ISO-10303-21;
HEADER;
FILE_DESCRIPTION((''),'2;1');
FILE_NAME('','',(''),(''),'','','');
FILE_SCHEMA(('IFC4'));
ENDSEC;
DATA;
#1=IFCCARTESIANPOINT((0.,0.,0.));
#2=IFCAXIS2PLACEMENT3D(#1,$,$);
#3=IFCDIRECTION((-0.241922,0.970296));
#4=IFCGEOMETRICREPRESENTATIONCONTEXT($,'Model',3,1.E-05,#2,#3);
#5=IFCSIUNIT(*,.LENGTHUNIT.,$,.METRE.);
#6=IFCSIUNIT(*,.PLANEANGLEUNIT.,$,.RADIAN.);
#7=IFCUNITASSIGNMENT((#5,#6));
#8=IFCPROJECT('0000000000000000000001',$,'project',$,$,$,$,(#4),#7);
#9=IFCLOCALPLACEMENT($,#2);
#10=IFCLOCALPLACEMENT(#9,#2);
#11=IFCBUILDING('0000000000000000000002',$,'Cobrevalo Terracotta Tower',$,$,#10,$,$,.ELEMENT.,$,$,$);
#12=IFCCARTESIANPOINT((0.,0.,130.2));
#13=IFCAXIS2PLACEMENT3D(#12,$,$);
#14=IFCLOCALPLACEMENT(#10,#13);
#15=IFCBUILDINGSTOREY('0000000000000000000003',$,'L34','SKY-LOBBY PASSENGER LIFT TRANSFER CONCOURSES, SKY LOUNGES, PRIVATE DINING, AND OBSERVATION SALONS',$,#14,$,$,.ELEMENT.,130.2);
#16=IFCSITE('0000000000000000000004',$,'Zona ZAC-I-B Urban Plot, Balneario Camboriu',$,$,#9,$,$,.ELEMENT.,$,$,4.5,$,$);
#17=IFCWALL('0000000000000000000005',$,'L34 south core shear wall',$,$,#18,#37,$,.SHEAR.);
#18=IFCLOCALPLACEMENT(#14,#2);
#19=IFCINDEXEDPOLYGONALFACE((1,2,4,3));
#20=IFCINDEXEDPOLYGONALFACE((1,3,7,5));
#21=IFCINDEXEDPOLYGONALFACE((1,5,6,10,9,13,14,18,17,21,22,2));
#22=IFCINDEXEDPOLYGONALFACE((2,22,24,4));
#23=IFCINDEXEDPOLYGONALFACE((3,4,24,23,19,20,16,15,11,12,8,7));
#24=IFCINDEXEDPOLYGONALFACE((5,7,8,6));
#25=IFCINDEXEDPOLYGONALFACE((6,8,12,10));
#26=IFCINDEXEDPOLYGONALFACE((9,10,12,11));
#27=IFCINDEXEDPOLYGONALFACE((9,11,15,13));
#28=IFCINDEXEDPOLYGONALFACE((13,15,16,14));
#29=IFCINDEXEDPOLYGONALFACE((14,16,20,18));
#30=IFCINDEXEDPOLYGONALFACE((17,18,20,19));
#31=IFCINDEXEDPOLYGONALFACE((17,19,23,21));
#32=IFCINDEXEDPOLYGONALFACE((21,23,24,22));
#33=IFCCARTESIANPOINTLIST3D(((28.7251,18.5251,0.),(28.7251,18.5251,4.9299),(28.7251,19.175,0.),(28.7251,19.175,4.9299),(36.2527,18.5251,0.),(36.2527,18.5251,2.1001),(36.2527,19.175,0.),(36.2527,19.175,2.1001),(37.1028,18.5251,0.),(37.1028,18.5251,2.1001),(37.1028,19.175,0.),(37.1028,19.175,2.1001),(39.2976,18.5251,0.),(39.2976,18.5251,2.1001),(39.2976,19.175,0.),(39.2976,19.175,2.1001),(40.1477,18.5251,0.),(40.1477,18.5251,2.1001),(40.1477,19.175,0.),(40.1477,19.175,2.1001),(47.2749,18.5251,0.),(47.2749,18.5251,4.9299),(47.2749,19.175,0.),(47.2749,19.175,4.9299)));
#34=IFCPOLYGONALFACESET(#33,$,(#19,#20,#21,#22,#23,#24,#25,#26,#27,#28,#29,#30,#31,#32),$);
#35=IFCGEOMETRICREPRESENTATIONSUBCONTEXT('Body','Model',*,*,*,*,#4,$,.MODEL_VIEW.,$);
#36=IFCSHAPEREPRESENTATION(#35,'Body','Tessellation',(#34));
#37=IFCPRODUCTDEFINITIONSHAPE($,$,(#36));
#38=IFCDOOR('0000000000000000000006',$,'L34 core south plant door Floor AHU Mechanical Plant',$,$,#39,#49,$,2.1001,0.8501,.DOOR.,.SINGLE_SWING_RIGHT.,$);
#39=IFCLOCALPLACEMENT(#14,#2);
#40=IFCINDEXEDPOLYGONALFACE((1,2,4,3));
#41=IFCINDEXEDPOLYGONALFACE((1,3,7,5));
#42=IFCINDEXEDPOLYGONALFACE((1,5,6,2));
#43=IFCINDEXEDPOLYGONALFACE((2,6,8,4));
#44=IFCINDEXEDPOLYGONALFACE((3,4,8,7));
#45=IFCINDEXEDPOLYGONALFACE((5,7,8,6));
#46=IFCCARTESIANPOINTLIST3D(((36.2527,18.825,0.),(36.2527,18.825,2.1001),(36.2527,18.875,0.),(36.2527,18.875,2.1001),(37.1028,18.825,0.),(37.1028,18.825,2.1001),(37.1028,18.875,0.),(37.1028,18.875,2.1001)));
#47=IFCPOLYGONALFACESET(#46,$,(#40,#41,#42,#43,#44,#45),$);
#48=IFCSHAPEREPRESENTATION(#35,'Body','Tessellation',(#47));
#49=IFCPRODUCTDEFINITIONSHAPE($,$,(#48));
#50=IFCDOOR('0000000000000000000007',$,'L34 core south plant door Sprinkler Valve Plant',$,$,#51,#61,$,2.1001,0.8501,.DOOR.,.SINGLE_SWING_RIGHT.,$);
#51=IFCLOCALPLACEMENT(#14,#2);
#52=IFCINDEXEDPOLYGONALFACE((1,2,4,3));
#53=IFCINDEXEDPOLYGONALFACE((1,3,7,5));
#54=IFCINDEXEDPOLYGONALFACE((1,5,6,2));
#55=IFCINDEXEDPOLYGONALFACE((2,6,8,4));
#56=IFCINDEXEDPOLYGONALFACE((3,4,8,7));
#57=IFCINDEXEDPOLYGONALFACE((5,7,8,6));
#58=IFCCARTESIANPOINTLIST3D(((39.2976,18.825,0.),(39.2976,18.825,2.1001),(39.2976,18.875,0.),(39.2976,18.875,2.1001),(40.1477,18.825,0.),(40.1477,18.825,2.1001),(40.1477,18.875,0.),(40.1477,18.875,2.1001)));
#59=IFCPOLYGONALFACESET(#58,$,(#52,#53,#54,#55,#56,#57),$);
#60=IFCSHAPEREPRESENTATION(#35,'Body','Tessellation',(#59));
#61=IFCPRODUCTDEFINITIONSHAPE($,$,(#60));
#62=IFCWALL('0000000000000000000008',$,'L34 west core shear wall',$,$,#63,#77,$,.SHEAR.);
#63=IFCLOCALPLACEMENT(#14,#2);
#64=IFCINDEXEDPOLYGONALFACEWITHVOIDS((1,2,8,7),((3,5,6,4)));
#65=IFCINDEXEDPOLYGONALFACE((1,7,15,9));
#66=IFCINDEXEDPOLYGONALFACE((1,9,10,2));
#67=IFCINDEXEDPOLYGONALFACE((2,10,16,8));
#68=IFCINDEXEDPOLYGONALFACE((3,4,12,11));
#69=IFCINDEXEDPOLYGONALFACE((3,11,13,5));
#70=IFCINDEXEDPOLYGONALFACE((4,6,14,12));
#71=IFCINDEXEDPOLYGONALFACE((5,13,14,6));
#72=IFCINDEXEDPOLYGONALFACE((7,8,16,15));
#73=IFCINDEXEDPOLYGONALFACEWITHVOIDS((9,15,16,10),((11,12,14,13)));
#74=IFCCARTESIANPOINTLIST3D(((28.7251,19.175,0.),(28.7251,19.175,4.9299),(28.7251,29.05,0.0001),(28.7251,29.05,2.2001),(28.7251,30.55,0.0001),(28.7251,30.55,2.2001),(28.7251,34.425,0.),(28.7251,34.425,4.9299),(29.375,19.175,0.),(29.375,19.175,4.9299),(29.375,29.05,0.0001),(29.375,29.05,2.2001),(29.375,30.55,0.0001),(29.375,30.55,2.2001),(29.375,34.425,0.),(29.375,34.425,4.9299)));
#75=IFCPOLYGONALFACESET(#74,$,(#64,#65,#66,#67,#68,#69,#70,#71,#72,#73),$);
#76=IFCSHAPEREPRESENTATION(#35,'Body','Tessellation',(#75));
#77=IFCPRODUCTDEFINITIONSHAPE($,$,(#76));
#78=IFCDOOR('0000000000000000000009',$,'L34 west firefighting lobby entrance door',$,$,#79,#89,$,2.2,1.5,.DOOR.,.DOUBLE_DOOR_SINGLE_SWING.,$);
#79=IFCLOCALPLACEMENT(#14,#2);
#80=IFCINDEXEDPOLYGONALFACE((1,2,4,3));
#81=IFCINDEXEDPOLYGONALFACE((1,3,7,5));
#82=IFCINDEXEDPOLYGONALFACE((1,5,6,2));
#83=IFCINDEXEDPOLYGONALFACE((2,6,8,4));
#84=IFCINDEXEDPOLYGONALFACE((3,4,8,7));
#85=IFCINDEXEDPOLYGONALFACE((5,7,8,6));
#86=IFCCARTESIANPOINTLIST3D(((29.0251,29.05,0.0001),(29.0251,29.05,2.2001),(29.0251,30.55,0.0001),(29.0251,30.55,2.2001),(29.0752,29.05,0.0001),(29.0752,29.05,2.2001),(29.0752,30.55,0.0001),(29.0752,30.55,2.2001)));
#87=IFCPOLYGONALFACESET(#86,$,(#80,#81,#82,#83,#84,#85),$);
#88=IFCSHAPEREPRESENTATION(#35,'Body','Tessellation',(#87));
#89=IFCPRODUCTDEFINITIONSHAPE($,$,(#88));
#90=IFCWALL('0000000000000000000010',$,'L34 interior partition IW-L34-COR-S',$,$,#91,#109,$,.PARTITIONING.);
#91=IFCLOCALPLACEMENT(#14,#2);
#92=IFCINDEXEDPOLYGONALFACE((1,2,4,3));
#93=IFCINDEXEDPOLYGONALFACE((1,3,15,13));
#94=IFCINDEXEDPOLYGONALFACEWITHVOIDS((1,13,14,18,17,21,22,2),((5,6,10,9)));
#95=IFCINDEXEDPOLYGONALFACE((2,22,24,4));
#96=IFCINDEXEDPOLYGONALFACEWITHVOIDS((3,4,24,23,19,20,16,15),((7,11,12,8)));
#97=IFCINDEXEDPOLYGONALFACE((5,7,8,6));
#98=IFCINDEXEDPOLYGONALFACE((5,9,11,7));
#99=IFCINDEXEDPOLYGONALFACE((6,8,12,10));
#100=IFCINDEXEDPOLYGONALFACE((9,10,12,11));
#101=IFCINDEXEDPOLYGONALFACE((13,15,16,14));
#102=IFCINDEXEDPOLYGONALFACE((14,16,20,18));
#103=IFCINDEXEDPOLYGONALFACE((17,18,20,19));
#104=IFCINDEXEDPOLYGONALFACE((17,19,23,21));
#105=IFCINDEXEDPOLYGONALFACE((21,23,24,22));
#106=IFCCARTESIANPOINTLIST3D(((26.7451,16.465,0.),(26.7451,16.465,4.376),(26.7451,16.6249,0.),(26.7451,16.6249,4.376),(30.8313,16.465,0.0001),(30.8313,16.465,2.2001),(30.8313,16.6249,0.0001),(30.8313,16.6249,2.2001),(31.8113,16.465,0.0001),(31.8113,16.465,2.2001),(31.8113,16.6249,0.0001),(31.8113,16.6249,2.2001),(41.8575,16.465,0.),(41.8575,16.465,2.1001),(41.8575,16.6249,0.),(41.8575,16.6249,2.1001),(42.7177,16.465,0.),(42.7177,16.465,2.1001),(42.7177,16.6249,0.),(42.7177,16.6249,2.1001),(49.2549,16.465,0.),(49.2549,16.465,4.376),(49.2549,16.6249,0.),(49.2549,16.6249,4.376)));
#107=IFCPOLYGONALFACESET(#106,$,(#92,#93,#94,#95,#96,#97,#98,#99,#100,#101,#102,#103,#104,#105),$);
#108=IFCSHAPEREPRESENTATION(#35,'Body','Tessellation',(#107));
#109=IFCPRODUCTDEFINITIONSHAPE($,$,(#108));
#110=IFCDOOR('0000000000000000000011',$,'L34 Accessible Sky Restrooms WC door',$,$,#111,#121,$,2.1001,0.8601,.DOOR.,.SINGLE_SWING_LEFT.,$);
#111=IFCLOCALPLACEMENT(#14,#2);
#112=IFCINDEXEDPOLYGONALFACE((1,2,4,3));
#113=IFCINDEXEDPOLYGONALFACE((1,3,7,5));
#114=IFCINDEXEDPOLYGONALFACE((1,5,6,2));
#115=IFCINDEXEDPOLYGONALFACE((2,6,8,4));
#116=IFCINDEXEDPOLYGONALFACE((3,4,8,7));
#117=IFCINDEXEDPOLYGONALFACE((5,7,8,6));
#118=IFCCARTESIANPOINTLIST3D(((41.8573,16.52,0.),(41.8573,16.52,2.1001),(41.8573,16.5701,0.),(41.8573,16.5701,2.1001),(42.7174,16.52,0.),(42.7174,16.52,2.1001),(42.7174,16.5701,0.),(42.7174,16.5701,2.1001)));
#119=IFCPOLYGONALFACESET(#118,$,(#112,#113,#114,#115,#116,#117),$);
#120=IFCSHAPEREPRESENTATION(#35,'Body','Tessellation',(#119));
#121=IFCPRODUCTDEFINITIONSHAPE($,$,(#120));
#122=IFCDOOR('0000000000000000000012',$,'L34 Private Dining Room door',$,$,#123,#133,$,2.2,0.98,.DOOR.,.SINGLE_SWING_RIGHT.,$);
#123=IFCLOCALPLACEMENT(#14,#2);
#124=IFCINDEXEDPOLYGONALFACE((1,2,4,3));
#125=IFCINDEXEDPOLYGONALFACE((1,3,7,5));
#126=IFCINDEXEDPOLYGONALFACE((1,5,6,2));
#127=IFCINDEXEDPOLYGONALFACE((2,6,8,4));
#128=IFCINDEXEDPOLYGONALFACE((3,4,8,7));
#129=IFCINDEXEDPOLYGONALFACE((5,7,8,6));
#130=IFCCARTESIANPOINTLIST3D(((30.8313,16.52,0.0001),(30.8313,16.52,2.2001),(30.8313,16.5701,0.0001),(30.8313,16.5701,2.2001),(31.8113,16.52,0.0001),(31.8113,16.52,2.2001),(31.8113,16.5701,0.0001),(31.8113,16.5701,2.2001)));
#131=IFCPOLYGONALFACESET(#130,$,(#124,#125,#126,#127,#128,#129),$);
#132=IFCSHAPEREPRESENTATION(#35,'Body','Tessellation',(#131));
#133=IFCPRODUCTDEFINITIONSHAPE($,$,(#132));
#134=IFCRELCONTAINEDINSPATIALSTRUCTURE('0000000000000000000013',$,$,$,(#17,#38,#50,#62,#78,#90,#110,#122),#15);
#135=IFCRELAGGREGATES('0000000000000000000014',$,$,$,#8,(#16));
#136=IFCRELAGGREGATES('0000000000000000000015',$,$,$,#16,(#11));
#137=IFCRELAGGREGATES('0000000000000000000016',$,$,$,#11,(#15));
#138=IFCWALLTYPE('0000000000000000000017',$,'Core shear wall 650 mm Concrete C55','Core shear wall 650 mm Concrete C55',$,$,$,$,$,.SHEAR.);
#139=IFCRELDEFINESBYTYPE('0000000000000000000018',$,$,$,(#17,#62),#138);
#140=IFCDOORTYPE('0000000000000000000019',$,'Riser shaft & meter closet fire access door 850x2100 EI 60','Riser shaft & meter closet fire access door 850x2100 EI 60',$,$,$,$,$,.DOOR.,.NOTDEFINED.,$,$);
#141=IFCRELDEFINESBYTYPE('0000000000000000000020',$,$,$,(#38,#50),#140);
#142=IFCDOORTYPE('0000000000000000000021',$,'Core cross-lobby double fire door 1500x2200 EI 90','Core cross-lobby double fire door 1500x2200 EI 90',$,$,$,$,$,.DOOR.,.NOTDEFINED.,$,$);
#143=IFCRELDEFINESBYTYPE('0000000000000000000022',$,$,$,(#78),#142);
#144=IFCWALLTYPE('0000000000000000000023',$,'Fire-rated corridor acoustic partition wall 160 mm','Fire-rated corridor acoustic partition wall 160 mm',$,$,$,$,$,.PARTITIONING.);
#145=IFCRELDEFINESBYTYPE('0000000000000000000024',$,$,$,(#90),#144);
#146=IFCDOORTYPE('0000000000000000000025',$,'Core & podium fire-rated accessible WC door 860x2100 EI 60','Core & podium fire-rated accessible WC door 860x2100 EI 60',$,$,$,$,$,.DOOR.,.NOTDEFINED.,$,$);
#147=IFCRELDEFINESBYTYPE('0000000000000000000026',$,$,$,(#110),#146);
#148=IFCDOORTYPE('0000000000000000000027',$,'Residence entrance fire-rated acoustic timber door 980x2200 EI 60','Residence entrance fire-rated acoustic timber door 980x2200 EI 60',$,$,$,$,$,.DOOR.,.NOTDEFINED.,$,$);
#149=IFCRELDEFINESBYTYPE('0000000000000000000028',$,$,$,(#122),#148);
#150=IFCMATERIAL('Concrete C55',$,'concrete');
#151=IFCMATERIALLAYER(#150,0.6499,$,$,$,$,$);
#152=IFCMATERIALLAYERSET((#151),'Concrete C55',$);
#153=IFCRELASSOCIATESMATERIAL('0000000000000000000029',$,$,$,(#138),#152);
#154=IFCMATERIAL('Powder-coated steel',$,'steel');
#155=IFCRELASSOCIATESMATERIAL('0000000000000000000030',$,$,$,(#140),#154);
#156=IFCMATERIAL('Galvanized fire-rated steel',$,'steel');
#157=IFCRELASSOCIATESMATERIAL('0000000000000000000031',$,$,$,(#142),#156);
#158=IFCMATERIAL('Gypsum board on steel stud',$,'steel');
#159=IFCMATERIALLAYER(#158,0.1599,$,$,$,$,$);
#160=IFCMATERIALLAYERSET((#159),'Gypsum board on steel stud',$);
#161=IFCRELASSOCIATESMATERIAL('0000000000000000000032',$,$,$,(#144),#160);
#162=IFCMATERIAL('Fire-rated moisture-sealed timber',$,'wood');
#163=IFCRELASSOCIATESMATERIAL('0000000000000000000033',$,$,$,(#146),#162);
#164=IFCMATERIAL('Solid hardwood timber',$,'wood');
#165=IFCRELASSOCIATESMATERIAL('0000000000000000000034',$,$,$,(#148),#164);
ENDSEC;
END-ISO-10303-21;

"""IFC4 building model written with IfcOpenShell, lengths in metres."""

from ifc_helpers import new_model, si_unit, direction, frame, frame_2d, origin, place, context, subcontext, project, spatial, rectangle, extrude, source, transform, mapped, material, layer, layer_set, type_object, element, fill, save


model = new_model("IFC4")

# Units and contexts
model_context = context("Model", 3, precision=1e-05, world=origin(), true_north=direction((-0.241922, 0.970296)))
body_context = subcontext(model_context, "Body", "Model", "MODEL_VIEW")
ifc_project = project(units=[si_unit("LENGTHUNIT", "METRE"), si_unit("PLANEANGLEUNIT", "RADIAN")], contexts=[model_context])

# Site, building, storey
site_placement = place(None, origin())
site = spatial("IfcSite", under=ifc_project, at=site_placement, Name="Zona ZAC-I-B Urban Plot, Balneario Camboriu", CompositionType="ELEMENT", RefElevation=4.5)
building_placement = place(site_placement, origin())
building = spatial("IfcBuilding", under=site, at=building_placement, Name="Cobrevalo Terracotta Tower", CompositionType="ELEMENT")
storey_placement = place(building_placement, frame((0.0, 0.0, 130.2)))
storey = spatial("IfcBuildingStorey", under=building, at=storey_placement, Name="L34", Description="SKY-LOBBY PASSENGER LIFT TRANSFER CONCOURSES, SKY LOUNGES, PRIVATE DINING, AND OBSERVATION SALONS", CompositionType="ELEMENT", Elevation=130.2)

# Shared definitions
ifc_material_1 = material(Name="Concrete C55", Category="concrete")

# Wall, openings, doors
ifc_layer_1 = layer(ifc_material_1, 0.6499)
ifc_layer_set_1 = layer_set([ifc_layer_1], Name="Concrete C55")
wall_type_1 = type_object("IfcWallType", Name="Core shear wall 650 mm Concrete C55", Description="Core shear wall 650 mm Concrete C55", PredefinedType="SHEAR", material=ifc_layer_set_1)
wall_1_placement = place(storey_placement, frame((28.7251, 18.8501, 0.0), z_axis=(0.0, 0.0, 1.0), x_axis=(1.0, 0.0, 0.0)))
wall_1 = element("IfcWall", 1, at=wall_1_placement, inside=storey, type_object=wall_type_1, Name="L34 south core shear wall", PredefinedType="SHEAR", context=body_context, shape_type="SweptSolid", body=[
    extrude(rectangle(XDim=18.5498, YDim=0.6499, at=frame_2d((9.2749, 0.0))), origin(), (0.0, 0.0, 1.0), 4.9299),
])
opening_1_placement = place(wall_1_placement, frame((7.5276, 0.0, 0.0)))
opening_1 = element("IfcOpeningElement", 2, at=opening_1_placement, cuts=wall_1, PredefinedType="OPENING", context=body_context, shape_type="SweptSolid", body=[
    extrude(rectangle(XDim=0.8501, YDim=2.1001, at=frame_2d((0.425, 1.05))), frame((0.0, 0.335, 0.0), z_axis=(0.0, -1.0, 0.0), x_axis=(1.0, 0.0, 0.0)), (0.0, 0.0, 1.0), 0.6699),
])
opening_2_placement = place(wall_1_placement, frame((10.5725, 0.0, 0.0)))
opening_2 = element("IfcOpeningElement", 3, at=opening_2_placement, cuts=wall_1, PredefinedType="OPENING", context=body_context, shape_type="SweptSolid", body=[
    extrude(rectangle(XDim=0.8501, YDim=2.1001, at=frame_2d((0.425, 1.05))), frame((0.0, 0.335, 0.0), z_axis=(0.0, -1.0, 0.0), x_axis=(1.0, 0.0, 0.0)), (0.0, 0.0, 1.0), 0.6699),
])
ifc_material_2 = material(Name="Powder-coated steel", Category="steel")
door_type_1 = type_object("IfcDoorType", Name="Riser shaft & meter closet fire access door 850x2100 EI 60", Description="Riser shaft & meter closet fire access door 850x2100 EI 60", OperationType="NOTDEFINED", PredefinedType="DOOR", material=ifc_material_2)
shared_shape_1 = source(origin(), body_context, "Body", "SweptSolid", [
    extrude(rectangle(XDim=0.8501, YDim=2.1001, at=frame_2d((0.425, 1.05))), frame((0.0, 0.0249, 0.0), z_axis=(0.0, -1.0, 0.0), x_axis=(1.0, 0.0, 0.0)), (0.0, 0.0, 1.0), 0.05),
])
door_1_placement = place(opening_1_placement, origin())
door_1 = element("IfcDoor", 4, at=door_1_placement, inside=storey, type_object=door_type_1, Name="L34 core south plant door Floor AHU Mechanical Plant", OperationType="SINGLE_SWING_RIGHT", OverallHeight=2.1001, OverallWidth=0.8501, PredefinedType="DOOR", context=body_context, shape_type="MappedRepresentation", body=[
    mapped(shared_shape_1, transform((0.0, 0.0, 0.0), scale=1.0)),
])
fill(opening_1, door_1)
door_2_placement = place(opening_2_placement, origin())
door_2 = element("IfcDoor", 5, at=door_2_placement, inside=storey, type_object=door_type_1, Name="L34 core south plant door Sprinkler Valve Plant", OperationType="SINGLE_SWING_RIGHT", OverallHeight=2.1001, OverallWidth=0.8501, PredefinedType="DOOR", context=body_context, shape_type="MappedRepresentation", body=[
    mapped(shared_shape_1, transform((0.0, 0.0, 0.0), scale=1.0)),
])
fill(opening_2, door_2)

# Wall, opening, door
wall_2_placement = place(storey_placement, frame((29.05, 19.175, 0.0), z_axis=(0.0, 0.0, 1.0), x_axis=(0.0, 1.0, 0.0)))
wall_2 = element("IfcWall", 6, at=wall_2_placement, inside=storey, type_object=wall_type_1, Name="L34 west core shear wall", PredefinedType="SHEAR", context=body_context, shape_type="SweptSolid", body=[
    extrude(rectangle(XDim=15.25, YDim=0.6499, at=frame_2d((7.625, 0.0))), origin(), (0.0, 0.0, 1.0), 4.9299),
])
opening_3_placement = place(wall_2_placement, frame((9.875, 0.0, 0.0)))
opening_3 = element("IfcOpeningElement", 7, at=opening_3_placement, cuts=wall_2, PredefinedType="OPENING", context=body_context, shape_type="SweptSolid", body=[
    extrude(rectangle(XDim=1.5, YDim=2.2, at=frame_2d((0.75, 1.1001))), frame((0.0, 0.335, 0.0), z_axis=(0.0, -1.0, 0.0), x_axis=(1.0, 0.0, 0.0)), (0.0, 0.0, 1.0), 0.6699),
])
ifc_material_3 = material(Name="Galvanized fire-rated steel", Category="steel")
door_type_2 = type_object("IfcDoorType", Name="Core cross-lobby double fire door 1500x2200 EI 90", Description="Core cross-lobby double fire door 1500x2200 EI 90", OperationType="NOTDEFINED", PredefinedType="DOOR", material=ifc_material_3)
shared_shape_2 = source(origin(), body_context, "Body", "SweptSolid", [
    extrude(rectangle(XDim=1.5, YDim=2.2, at=frame_2d((0.75, 1.1001))), frame((0.0, 0.0249, 0.0), z_axis=(0.0, -1.0, 0.0), x_axis=(1.0, 0.0, 0.0)), (0.0, 0.0, 1.0), 0.05),
])
door_3_placement = place(opening_3_placement, origin())
door_3 = element("IfcDoor", 8, at=door_3_placement, inside=storey, type_object=door_type_2, Name="L34 west firefighting lobby entrance door", OperationType="DOUBLE_DOOR_SINGLE_SWING", OverallHeight=2.2, OverallWidth=1.5, PredefinedType="DOOR", context=body_context, shape_type="MappedRepresentation", body=[
    mapped(shared_shape_2, transform((0.0, 0.0, 0.0), scale=1.0)),
])
fill(opening_3, door_3)

# Wall, openings, doors
ifc_material_4 = material(Name="Gypsum board on steel stud", Category="steel")
ifc_layer_2 = layer(ifc_material_4, 0.1599)
ifc_layer_set_2 = layer_set([ifc_layer_2], Name="Gypsum board on steel stud")
wall_type_2 = type_object("IfcWallType", Name="Fire-rated corridor acoustic partition wall 160 mm", Description="Fire-rated corridor acoustic partition wall 160 mm", PredefinedType="PARTITIONING", material=ifc_layer_set_2)
wall_3_placement = place(storey_placement, frame((26.7451, 16.5449, 0.0), z_axis=(0.0, 0.0, 1.0), x_axis=(1.0, 0.0, 0.0)))
wall_3 = element("IfcWall", 9, at=wall_3_placement, inside=storey, type_object=wall_type_2, Name="L34 interior partition IW-L34-COR-S", PredefinedType="PARTITIONING", context=body_context, shape_type="SweptSolid", body=[
    extrude(rectangle(XDim=22.5098, YDim=0.1599, at=frame_2d((11.2549, 0.0))), origin(), (0.0, 0.0, 1.0), 4.376),
])
opening_4_placement = place(wall_3_placement, frame((4.0862, 0.0, 0.0)))
opening_4 = element("IfcOpeningElement", 10, at=opening_4_placement, cuts=wall_3, PredefinedType="OPENING", context=body_context, shape_type="SweptSolid", body=[
    extrude(rectangle(XDim=0.98, YDim=2.2, at=frame_2d((0.49, 1.1001))), frame((0.0, 0.0898, 0.0), z_axis=(0.0, -1.0, 0.0), x_axis=(1.0, 0.0, 0.0)), (0.0, 0.0, 1.0), 0.1799),
])
opening_5_placement = place(wall_3_placement, frame((15.1123, 0.0, 0.0)))
opening_5 = element("IfcOpeningElement", 11, at=opening_5_placement, cuts=wall_3, PredefinedType="OPENING", context=body_context, shape_type="SweptSolid", body=[
    extrude(rectangle(XDim=0.8601, YDim=2.1001, at=frame_2d((0.4302, 1.05))), frame((0.0, 0.0898, 0.0), z_axis=(0.0, -1.0, 0.0), x_axis=(1.0, 0.0, 0.0)), (0.0, 0.0, 1.0), 0.1799),
])
ifc_material_5 = material(Name="Fire-rated moisture-sealed timber", Category="wood")
door_type_3 = type_object("IfcDoorType", Name="Core & podium fire-rated accessible WC door 860x2100 EI 60", Description="Core & podium fire-rated accessible WC door 860x2100 EI 60", OperationType="NOTDEFINED", PredefinedType="DOOR", material=ifc_material_5)
shared_shape_3 = source(origin(), body_context, "Body", "SweptSolid", [
    extrude(rectangle(XDim=0.8601, YDim=2.1001, at=frame_2d((0.4302, 1.05))), frame((0.0, 0.0249, 0.0), z_axis=(0.0, -1.0, 0.0), x_axis=(1.0, 0.0, 0.0)), (0.0, 0.0, 1.0), 0.05),
])
door_4_placement = place(opening_5_placement, frame((0.8601, 0.0, 0.0), z_axis=(0.0, 0.0, 1.0), x_axis=(-1.0, 0.0, 0.0)))
door_4 = element("IfcDoor", 12, at=door_4_placement, inside=storey, type_object=door_type_3, Name="L34 Accessible Sky Restrooms WC door", OperationType="SINGLE_SWING_LEFT", OverallHeight=2.1001, OverallWidth=0.8601, PredefinedType="DOOR", context=body_context, shape_type="MappedRepresentation", body=[
    mapped(shared_shape_3, transform((0.0, 0.0, 0.0), scale=1.0)),
])
fill(opening_5, door_4)
ifc_material_6 = material(Name="Solid hardwood timber", Category="wood")
door_type_4 = type_object("IfcDoorType", Name="Residence entrance fire-rated acoustic timber door 980x2200 EI 60", Description="Residence entrance fire-rated acoustic timber door 980x2200 EI 60", OperationType="NOTDEFINED", PredefinedType="DOOR", material=ifc_material_6)
shared_shape_4 = source(origin(), body_context, "Body", "SweptSolid", [
    extrude(rectangle(XDim=0.98, YDim=2.2, at=frame_2d((0.49, 1.1001))), frame((0.0, 0.0249, 0.0), z_axis=(0.0, -1.0, 0.0), x_axis=(1.0, 0.0, 0.0)), (0.0, 0.0, 1.0), 0.05),
])
door_5_placement = place(opening_4_placement, frame((0.98, 0.0, 0.0), z_axis=(0.0, 0.0, 1.0), x_axis=(-1.0, 0.0, 0.0)))
door_5 = element("IfcDoor", 13, at=door_5_placement, inside=storey, type_object=door_type_4, Name="L34 Private Dining Room door", OperationType="SINGLE_SWING_RIGHT", OverallHeight=2.2, OverallWidth=0.98, PredefinedType="DOOR", context=body_context, shape_type="MappedRepresentation", body=[
    mapped(shared_shape_4, transform((0.0, 0.0, 0.0), scale=1.0)),
])
fill(opening_4, door_5)

save(model, "model.ifc")
